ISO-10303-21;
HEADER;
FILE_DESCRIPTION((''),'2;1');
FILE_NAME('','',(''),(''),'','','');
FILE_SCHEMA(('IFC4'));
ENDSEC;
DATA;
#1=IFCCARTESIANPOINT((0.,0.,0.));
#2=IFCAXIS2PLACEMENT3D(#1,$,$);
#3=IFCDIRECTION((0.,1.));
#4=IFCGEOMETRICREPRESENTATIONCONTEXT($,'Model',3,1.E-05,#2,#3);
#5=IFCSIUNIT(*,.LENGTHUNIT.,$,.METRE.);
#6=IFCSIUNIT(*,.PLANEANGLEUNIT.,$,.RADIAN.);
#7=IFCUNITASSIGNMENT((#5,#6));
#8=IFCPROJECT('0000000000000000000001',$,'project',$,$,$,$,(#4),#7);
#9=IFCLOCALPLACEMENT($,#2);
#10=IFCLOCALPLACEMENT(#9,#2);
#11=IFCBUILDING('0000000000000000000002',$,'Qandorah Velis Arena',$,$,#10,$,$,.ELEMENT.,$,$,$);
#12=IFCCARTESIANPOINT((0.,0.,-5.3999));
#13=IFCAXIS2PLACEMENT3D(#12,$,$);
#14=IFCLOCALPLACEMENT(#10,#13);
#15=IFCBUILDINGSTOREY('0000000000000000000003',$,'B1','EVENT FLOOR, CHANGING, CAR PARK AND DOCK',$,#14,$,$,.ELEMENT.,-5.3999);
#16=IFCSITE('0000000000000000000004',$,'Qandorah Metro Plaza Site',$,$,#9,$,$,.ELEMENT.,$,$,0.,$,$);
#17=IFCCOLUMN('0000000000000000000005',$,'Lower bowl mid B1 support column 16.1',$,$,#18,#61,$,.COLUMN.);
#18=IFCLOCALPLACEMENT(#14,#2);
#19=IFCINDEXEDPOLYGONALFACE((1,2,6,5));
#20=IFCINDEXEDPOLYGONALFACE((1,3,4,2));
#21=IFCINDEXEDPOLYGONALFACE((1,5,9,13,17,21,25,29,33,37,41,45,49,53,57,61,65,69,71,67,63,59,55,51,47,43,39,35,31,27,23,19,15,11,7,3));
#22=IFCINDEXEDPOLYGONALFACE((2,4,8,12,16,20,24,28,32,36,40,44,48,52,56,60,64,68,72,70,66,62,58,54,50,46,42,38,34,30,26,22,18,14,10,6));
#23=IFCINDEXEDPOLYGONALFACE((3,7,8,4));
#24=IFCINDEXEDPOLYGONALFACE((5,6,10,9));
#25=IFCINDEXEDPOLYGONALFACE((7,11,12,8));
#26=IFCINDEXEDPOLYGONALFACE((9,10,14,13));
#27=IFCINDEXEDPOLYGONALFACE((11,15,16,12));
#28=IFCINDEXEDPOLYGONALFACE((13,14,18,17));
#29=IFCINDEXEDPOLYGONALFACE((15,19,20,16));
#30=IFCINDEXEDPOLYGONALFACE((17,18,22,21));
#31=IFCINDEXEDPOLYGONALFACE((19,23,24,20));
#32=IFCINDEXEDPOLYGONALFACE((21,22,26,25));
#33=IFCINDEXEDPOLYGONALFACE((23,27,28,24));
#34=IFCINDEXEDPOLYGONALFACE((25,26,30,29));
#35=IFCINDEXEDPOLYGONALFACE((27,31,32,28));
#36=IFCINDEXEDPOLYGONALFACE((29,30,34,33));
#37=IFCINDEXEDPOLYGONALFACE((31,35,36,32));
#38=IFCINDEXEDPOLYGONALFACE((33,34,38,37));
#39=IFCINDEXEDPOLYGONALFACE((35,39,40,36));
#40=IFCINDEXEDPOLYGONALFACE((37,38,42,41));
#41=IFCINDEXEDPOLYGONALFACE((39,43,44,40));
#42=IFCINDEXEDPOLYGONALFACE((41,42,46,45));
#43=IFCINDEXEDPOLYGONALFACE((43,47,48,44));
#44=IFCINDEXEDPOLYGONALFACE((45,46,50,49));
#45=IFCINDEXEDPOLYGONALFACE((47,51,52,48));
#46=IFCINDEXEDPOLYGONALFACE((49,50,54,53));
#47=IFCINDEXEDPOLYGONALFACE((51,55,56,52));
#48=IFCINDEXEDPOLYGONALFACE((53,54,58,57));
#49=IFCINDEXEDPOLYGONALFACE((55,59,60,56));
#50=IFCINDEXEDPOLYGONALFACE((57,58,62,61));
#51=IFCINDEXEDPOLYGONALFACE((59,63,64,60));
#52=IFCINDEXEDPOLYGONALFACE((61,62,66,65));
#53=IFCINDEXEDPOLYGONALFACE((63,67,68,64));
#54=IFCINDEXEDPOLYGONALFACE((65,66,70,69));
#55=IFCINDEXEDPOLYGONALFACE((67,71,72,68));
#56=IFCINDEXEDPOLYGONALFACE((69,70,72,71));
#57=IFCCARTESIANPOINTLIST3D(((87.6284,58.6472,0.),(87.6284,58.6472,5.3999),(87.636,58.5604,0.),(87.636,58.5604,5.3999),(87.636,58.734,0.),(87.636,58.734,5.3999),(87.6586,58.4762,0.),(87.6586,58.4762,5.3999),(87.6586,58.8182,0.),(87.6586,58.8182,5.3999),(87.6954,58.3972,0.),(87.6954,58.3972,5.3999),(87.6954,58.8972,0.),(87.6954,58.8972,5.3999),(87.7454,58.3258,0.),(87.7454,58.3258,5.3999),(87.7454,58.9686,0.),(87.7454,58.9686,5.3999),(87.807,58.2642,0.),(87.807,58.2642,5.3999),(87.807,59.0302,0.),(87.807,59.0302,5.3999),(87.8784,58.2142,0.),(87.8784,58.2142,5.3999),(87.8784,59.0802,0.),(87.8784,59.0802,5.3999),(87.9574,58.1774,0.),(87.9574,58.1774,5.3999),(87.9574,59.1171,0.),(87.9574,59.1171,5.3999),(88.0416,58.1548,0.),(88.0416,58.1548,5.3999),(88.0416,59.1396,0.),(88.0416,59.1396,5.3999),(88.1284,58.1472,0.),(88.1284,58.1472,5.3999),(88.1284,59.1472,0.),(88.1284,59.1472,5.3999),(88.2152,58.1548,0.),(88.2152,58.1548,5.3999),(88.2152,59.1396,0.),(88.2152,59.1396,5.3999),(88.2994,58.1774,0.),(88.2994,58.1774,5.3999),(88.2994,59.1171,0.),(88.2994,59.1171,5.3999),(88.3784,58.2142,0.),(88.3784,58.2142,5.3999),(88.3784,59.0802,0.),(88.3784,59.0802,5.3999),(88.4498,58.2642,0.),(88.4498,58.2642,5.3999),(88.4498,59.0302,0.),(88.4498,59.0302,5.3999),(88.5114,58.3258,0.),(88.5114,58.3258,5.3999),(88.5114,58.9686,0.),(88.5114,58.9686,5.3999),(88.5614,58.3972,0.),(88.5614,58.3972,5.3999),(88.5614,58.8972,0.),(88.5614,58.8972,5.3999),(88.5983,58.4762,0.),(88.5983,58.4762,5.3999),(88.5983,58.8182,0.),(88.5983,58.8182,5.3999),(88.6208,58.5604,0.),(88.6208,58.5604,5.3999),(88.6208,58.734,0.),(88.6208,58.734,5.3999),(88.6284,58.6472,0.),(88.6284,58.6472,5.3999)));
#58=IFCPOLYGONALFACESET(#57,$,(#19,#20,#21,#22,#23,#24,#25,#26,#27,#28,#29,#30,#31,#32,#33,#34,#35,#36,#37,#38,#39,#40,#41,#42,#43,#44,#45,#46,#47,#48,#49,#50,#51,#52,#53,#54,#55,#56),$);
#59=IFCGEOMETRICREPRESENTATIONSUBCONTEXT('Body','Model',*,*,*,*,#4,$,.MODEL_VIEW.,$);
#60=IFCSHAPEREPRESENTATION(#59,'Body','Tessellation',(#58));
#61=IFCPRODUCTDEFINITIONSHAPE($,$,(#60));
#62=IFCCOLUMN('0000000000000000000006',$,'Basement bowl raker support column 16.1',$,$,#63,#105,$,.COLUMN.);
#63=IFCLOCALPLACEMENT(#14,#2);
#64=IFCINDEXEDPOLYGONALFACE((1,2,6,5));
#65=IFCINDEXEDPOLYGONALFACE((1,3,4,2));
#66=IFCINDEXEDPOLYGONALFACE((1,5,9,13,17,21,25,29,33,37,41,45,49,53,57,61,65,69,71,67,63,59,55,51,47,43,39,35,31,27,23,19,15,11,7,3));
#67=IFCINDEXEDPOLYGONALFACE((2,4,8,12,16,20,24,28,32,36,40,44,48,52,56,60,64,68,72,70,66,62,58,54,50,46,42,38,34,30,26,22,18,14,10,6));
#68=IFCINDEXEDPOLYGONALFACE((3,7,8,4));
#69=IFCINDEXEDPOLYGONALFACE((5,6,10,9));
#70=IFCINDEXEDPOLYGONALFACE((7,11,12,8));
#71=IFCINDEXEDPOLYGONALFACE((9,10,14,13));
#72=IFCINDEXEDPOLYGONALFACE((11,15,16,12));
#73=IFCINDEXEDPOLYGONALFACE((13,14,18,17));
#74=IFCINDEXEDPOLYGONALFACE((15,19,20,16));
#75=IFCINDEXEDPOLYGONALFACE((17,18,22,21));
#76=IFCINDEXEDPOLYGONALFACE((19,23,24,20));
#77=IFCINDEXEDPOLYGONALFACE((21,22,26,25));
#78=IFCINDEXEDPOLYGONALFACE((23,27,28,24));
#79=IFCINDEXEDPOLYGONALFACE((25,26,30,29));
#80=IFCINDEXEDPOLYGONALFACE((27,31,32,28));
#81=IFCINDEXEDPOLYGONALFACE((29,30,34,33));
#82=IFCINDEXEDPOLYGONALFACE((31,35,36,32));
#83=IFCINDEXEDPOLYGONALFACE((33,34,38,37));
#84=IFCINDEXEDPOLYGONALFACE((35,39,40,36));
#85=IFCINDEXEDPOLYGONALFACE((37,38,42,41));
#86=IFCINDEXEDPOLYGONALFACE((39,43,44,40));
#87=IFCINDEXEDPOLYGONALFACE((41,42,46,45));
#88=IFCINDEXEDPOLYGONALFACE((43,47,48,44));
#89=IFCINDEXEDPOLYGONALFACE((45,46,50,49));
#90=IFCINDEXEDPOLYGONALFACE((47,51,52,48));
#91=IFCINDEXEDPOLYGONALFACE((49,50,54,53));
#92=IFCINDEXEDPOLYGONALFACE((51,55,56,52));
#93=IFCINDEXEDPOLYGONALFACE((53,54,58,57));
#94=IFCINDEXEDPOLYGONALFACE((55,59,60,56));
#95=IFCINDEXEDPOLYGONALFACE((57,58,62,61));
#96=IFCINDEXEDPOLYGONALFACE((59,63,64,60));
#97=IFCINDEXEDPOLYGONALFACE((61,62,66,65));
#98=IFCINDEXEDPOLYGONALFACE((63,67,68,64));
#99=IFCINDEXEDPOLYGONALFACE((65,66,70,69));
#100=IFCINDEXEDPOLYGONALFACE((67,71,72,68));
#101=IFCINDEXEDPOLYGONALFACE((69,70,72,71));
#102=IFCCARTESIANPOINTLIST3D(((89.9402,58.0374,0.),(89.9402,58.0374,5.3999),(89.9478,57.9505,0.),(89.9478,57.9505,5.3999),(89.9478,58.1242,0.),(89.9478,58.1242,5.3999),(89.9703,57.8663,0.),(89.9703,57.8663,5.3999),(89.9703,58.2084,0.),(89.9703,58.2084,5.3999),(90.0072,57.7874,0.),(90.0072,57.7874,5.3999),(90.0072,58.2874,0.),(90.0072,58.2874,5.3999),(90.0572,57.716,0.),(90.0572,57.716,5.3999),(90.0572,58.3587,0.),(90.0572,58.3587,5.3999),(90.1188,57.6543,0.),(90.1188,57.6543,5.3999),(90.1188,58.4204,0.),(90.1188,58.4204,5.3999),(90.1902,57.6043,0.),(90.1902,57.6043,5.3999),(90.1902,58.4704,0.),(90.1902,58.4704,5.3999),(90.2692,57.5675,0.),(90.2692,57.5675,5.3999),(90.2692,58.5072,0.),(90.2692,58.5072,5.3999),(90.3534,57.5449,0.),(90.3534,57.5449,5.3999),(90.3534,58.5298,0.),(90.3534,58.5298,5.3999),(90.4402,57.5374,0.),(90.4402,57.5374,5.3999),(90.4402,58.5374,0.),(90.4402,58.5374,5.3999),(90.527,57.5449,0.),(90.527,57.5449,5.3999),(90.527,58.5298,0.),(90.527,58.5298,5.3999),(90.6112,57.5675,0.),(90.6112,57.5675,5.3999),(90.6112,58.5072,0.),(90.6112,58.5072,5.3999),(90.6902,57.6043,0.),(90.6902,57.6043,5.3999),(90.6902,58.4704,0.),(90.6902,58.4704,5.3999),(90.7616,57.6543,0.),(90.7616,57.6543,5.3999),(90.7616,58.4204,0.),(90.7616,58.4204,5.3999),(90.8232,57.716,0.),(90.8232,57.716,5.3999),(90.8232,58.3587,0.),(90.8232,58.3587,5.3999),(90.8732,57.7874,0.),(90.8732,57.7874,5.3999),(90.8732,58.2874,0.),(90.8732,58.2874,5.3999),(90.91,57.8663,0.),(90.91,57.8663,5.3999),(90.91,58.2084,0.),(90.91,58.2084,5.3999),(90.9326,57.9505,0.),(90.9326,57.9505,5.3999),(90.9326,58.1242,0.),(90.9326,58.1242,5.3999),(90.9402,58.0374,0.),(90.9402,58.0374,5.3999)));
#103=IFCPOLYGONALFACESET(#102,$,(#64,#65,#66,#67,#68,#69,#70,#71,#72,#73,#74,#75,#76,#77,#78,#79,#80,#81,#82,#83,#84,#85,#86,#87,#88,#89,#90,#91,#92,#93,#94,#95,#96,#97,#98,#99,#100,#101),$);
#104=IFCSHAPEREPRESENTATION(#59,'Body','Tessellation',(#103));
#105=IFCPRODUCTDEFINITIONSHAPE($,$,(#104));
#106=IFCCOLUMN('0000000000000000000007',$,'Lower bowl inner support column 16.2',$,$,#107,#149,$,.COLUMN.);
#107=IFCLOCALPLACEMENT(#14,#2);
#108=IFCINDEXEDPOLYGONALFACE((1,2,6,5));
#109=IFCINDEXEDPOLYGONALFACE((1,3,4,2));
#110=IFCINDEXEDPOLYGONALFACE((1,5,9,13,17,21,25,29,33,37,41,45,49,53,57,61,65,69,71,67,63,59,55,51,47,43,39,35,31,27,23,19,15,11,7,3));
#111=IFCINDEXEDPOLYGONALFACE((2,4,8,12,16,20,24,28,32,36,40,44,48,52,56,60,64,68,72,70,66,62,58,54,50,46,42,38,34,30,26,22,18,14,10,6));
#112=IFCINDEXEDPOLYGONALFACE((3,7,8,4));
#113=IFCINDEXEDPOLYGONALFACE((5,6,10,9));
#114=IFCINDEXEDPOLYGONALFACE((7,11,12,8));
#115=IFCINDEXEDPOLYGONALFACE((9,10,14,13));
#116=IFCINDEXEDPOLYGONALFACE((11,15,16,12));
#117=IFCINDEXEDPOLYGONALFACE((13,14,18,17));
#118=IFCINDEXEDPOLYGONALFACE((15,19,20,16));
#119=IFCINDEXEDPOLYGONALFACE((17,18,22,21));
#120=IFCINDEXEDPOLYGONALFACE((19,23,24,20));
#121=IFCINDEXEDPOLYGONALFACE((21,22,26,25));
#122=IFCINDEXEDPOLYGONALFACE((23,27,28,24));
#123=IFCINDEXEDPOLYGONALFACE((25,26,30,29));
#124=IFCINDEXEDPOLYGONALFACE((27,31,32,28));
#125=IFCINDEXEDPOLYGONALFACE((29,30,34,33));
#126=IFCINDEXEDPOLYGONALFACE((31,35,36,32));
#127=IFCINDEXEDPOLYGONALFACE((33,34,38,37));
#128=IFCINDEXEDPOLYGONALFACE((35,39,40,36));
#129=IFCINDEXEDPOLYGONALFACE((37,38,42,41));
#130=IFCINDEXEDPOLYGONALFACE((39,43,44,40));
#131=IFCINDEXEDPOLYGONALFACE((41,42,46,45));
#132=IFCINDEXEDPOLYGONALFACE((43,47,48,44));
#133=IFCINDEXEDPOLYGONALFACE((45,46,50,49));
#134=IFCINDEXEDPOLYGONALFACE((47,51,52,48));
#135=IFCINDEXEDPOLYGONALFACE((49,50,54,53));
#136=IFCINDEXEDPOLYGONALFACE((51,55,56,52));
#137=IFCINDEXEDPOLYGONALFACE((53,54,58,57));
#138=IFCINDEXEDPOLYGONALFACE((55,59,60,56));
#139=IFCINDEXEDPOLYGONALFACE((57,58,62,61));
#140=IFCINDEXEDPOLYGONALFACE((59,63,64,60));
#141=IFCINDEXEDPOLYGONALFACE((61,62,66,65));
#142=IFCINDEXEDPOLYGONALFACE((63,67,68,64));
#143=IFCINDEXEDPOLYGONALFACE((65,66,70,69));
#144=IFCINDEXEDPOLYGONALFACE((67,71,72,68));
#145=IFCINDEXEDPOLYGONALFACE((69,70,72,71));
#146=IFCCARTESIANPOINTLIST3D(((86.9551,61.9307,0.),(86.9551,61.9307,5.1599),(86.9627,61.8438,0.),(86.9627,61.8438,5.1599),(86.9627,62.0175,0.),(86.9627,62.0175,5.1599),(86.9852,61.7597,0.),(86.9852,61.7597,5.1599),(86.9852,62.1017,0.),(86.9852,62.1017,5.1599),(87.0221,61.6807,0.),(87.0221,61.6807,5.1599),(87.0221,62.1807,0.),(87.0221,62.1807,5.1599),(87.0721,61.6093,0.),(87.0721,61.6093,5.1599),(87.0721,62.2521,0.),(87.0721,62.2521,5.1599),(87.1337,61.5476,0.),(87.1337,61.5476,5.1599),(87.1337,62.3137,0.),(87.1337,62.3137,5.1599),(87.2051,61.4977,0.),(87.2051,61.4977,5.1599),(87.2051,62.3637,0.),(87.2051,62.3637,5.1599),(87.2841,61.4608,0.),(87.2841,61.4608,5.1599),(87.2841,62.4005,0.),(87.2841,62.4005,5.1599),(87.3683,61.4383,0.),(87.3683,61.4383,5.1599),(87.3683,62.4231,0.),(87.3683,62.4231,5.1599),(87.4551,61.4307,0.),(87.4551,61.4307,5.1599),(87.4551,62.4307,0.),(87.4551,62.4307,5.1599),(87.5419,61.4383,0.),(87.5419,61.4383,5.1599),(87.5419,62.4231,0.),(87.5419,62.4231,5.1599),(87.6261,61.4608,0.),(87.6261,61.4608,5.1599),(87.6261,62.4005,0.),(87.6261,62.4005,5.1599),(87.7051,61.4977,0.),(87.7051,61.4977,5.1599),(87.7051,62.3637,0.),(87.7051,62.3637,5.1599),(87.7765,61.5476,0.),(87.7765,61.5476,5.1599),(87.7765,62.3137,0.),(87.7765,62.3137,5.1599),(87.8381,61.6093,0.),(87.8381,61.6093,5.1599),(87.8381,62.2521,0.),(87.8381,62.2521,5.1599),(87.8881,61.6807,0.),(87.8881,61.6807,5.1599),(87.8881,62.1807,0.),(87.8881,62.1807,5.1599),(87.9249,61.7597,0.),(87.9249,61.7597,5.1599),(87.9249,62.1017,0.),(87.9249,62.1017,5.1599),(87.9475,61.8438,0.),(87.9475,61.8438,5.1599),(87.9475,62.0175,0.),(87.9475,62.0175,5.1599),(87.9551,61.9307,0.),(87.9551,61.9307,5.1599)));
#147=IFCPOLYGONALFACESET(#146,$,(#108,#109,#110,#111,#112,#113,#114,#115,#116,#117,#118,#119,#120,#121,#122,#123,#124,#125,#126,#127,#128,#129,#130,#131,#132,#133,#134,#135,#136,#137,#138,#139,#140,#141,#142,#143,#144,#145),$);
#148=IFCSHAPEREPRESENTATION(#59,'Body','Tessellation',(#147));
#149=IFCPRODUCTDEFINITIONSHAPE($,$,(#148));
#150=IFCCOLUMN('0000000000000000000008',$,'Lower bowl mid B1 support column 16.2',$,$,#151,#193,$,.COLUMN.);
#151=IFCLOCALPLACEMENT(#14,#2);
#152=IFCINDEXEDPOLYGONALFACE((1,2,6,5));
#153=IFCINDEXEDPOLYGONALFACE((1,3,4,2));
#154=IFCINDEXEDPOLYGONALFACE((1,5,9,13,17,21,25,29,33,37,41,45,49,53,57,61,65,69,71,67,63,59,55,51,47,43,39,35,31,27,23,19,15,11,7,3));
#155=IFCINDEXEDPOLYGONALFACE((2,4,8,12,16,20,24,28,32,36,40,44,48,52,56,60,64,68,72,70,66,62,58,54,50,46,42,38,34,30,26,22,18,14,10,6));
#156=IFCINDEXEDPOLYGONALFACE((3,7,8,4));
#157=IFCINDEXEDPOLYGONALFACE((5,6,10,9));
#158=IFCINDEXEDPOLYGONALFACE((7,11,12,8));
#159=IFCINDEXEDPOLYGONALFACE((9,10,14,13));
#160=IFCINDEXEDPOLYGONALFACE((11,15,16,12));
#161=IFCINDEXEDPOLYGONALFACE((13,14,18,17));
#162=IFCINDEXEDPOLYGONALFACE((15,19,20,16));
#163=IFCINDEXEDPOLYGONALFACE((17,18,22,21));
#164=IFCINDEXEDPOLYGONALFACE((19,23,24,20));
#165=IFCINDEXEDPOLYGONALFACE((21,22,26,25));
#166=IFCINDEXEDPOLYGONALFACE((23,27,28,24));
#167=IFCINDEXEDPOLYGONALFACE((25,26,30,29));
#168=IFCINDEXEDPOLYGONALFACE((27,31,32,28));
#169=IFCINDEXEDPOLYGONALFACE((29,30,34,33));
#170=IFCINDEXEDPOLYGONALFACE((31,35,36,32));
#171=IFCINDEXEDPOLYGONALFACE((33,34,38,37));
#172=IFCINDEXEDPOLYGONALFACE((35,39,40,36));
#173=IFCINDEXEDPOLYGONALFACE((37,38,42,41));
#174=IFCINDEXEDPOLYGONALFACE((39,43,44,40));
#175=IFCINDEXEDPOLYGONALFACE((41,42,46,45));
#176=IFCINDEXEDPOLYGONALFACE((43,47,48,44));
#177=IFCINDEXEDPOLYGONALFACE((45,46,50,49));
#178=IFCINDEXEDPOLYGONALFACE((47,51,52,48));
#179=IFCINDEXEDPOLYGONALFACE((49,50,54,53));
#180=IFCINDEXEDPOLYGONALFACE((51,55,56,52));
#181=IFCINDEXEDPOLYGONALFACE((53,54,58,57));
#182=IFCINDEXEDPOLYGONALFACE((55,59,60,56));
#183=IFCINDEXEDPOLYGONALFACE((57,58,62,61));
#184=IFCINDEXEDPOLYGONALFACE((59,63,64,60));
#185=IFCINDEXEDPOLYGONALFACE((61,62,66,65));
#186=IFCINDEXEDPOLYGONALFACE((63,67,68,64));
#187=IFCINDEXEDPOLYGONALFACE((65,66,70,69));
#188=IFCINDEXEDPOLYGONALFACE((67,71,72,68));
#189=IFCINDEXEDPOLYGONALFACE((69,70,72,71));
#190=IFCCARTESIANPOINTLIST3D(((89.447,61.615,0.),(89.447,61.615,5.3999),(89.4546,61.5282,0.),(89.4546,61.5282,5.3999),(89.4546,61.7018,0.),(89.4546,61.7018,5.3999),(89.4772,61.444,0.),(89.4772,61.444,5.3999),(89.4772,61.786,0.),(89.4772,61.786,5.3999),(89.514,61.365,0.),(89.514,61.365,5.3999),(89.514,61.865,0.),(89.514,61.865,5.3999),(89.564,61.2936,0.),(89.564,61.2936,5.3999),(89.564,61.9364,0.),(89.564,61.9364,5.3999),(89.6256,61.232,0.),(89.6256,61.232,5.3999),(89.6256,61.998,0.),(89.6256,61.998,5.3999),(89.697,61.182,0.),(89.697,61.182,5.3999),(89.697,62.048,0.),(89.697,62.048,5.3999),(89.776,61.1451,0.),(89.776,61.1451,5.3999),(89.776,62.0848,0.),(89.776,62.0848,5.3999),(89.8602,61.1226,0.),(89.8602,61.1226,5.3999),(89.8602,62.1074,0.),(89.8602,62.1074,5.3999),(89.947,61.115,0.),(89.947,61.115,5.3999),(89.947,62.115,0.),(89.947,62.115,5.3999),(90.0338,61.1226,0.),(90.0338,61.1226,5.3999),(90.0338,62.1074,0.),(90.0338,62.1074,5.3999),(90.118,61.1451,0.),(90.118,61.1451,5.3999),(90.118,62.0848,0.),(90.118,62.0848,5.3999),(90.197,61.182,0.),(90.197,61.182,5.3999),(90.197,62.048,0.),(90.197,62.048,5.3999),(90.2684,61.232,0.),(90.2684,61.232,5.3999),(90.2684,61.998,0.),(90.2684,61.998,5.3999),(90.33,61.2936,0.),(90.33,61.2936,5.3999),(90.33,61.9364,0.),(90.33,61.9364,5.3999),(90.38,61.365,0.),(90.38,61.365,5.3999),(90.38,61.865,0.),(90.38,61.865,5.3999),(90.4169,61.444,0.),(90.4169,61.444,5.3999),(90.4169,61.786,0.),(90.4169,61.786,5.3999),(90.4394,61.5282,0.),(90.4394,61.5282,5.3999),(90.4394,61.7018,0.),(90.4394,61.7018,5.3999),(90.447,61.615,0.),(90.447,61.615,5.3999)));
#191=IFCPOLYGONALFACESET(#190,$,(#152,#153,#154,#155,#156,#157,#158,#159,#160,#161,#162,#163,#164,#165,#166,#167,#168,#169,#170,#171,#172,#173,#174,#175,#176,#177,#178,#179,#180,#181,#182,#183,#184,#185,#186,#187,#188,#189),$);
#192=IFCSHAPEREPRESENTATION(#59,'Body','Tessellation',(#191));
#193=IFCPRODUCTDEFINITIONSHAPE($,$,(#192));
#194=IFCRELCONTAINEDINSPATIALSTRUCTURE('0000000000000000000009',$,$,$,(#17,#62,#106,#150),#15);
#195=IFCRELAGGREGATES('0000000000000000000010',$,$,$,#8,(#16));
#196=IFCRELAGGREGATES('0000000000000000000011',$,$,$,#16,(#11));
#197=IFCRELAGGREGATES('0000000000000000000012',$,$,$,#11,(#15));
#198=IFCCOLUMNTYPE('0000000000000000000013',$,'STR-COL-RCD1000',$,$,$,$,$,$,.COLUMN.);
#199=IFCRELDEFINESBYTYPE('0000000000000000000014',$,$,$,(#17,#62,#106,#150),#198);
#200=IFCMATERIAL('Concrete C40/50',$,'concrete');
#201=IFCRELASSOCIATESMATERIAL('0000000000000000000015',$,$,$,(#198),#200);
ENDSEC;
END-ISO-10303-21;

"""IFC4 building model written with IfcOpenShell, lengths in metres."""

from ifc_helpers import new_model, si_unit, direction, frame, origin, origin_2d, place, context, subcontext, project, spatial, circle, extrude, material, material_profile, profile_set, type_object, element, save


model = new_model("IFC4")

# Units and contexts
model_context = context("Model", 3, precision=1e-05, world=origin(), true_north=direction((0.0, 1.0)))
body_context = subcontext(model_context, "Body", "Model", "MODEL_VIEW")
ifc_project = project(units=[si_unit("LENGTHUNIT", "METRE"), si_unit("PLANEANGLEUNIT", "RADIAN")], contexts=[model_context])

# Site, building, storey
site_placement = place(None, origin())
site = spatial("IfcSite", under=ifc_project, at=site_placement, Name="Qandorah Metro Plaza Site", CompositionType="ELEMENT", RefElevation=0.0)
building_placement = place(site_placement, origin())
building = spatial("IfcBuilding", under=site, at=building_placement, Name="Qandorah Velis Arena", CompositionType="ELEMENT")
storey_placement = place(building_placement, frame((0.0, 0.0, -5.3999)))
storey = spatial("IfcBuildingStorey", under=building, at=storey_placement, Name="B1", Description="EVENT FLOOR, CHANGING, CAR PARK AND DOCK", CompositionType="ELEMENT", Elevation=-5.3999)

# Shared definitions
ifc_material = material(Name="Concrete C40/50", Category="concrete")

# Columns
ifc_material_profile_1 = material_profile(ifc_material, circle(Radius=0.5, at=origin_2d()), Name="RC D1000")
ifc_profile_set_1 = profile_set([ifc_material_profile_1], Name="Concrete C40/50")
column_type_1 = type_object("IfcColumnType", Name="STR-COL-RCD1000", PredefinedType="COLUMN", material=ifc_profile_set_1)
for number, where, z_axis, x_axis, name in (
    (1, (88.1284, 58.6472, 0.0), (0.0, 0.0, 1.0), (1.0, 0.0, 0.0), "Lower bowl mid B1 support column 16.1"),
    (2, (90.4402, 58.0374, 0.0), (0.0, 0.0, 1.0), (1.0, 0.0, 0.0), "Basement bowl raker support column 16.1"),
):
    element("IfcColumn", number, at=place(storey_placement, frame(where, z_axis=z_axis, x_axis=x_axis)), inside=storey, type_object=column_type_1, Name=name, PredefinedType="COLUMN", context=body_context, shape_type="SweptSolid", body=[
        extrude(circle(Radius=0.5, at=origin_2d()), origin(), (0.0, 0.0, 1.0), 5.3999),
    ])
column_1_placement = place(storey_placement, frame((87.4551, 61.9307, 0.0), z_axis=(0.0, 0.0, 1.0), x_axis=(1.0, 0.0, 0.0)))
element("IfcColumn", 3, at=column_1_placement, inside=storey, type_object=column_type_1, Name="Lower bowl inner support column 16.2", PredefinedType="COLUMN", context=body_context, shape_type="SweptSolid", body=[
    extrude(circle(Radius=0.5, at=origin_2d()), origin(), (0.0, 0.0, 1.0), 5.1599),
])
for number, where, z_axis, x_axis, name in (
    (4, (89.947, 61.615, 0.0), (0.0, 0.0, 1.0), (1.0, 0.0, 0.0), "Lower bowl mid B1 support column 16.2"),
):
    element("IfcColumn", number, at=place(storey_placement, frame(where, z_axis=z_axis, x_axis=x_axis)), inside=storey, type_object=column_type_1, Name=name, PredefinedType="COLUMN", context=body_context, shape_type="SweptSolid", body=[
        extrude(circle(Radius=0.5, at=origin_2d()), origin(), (0.0, 0.0, 1.0), 5.3999),
    ])

save(model, "model.ifc")
